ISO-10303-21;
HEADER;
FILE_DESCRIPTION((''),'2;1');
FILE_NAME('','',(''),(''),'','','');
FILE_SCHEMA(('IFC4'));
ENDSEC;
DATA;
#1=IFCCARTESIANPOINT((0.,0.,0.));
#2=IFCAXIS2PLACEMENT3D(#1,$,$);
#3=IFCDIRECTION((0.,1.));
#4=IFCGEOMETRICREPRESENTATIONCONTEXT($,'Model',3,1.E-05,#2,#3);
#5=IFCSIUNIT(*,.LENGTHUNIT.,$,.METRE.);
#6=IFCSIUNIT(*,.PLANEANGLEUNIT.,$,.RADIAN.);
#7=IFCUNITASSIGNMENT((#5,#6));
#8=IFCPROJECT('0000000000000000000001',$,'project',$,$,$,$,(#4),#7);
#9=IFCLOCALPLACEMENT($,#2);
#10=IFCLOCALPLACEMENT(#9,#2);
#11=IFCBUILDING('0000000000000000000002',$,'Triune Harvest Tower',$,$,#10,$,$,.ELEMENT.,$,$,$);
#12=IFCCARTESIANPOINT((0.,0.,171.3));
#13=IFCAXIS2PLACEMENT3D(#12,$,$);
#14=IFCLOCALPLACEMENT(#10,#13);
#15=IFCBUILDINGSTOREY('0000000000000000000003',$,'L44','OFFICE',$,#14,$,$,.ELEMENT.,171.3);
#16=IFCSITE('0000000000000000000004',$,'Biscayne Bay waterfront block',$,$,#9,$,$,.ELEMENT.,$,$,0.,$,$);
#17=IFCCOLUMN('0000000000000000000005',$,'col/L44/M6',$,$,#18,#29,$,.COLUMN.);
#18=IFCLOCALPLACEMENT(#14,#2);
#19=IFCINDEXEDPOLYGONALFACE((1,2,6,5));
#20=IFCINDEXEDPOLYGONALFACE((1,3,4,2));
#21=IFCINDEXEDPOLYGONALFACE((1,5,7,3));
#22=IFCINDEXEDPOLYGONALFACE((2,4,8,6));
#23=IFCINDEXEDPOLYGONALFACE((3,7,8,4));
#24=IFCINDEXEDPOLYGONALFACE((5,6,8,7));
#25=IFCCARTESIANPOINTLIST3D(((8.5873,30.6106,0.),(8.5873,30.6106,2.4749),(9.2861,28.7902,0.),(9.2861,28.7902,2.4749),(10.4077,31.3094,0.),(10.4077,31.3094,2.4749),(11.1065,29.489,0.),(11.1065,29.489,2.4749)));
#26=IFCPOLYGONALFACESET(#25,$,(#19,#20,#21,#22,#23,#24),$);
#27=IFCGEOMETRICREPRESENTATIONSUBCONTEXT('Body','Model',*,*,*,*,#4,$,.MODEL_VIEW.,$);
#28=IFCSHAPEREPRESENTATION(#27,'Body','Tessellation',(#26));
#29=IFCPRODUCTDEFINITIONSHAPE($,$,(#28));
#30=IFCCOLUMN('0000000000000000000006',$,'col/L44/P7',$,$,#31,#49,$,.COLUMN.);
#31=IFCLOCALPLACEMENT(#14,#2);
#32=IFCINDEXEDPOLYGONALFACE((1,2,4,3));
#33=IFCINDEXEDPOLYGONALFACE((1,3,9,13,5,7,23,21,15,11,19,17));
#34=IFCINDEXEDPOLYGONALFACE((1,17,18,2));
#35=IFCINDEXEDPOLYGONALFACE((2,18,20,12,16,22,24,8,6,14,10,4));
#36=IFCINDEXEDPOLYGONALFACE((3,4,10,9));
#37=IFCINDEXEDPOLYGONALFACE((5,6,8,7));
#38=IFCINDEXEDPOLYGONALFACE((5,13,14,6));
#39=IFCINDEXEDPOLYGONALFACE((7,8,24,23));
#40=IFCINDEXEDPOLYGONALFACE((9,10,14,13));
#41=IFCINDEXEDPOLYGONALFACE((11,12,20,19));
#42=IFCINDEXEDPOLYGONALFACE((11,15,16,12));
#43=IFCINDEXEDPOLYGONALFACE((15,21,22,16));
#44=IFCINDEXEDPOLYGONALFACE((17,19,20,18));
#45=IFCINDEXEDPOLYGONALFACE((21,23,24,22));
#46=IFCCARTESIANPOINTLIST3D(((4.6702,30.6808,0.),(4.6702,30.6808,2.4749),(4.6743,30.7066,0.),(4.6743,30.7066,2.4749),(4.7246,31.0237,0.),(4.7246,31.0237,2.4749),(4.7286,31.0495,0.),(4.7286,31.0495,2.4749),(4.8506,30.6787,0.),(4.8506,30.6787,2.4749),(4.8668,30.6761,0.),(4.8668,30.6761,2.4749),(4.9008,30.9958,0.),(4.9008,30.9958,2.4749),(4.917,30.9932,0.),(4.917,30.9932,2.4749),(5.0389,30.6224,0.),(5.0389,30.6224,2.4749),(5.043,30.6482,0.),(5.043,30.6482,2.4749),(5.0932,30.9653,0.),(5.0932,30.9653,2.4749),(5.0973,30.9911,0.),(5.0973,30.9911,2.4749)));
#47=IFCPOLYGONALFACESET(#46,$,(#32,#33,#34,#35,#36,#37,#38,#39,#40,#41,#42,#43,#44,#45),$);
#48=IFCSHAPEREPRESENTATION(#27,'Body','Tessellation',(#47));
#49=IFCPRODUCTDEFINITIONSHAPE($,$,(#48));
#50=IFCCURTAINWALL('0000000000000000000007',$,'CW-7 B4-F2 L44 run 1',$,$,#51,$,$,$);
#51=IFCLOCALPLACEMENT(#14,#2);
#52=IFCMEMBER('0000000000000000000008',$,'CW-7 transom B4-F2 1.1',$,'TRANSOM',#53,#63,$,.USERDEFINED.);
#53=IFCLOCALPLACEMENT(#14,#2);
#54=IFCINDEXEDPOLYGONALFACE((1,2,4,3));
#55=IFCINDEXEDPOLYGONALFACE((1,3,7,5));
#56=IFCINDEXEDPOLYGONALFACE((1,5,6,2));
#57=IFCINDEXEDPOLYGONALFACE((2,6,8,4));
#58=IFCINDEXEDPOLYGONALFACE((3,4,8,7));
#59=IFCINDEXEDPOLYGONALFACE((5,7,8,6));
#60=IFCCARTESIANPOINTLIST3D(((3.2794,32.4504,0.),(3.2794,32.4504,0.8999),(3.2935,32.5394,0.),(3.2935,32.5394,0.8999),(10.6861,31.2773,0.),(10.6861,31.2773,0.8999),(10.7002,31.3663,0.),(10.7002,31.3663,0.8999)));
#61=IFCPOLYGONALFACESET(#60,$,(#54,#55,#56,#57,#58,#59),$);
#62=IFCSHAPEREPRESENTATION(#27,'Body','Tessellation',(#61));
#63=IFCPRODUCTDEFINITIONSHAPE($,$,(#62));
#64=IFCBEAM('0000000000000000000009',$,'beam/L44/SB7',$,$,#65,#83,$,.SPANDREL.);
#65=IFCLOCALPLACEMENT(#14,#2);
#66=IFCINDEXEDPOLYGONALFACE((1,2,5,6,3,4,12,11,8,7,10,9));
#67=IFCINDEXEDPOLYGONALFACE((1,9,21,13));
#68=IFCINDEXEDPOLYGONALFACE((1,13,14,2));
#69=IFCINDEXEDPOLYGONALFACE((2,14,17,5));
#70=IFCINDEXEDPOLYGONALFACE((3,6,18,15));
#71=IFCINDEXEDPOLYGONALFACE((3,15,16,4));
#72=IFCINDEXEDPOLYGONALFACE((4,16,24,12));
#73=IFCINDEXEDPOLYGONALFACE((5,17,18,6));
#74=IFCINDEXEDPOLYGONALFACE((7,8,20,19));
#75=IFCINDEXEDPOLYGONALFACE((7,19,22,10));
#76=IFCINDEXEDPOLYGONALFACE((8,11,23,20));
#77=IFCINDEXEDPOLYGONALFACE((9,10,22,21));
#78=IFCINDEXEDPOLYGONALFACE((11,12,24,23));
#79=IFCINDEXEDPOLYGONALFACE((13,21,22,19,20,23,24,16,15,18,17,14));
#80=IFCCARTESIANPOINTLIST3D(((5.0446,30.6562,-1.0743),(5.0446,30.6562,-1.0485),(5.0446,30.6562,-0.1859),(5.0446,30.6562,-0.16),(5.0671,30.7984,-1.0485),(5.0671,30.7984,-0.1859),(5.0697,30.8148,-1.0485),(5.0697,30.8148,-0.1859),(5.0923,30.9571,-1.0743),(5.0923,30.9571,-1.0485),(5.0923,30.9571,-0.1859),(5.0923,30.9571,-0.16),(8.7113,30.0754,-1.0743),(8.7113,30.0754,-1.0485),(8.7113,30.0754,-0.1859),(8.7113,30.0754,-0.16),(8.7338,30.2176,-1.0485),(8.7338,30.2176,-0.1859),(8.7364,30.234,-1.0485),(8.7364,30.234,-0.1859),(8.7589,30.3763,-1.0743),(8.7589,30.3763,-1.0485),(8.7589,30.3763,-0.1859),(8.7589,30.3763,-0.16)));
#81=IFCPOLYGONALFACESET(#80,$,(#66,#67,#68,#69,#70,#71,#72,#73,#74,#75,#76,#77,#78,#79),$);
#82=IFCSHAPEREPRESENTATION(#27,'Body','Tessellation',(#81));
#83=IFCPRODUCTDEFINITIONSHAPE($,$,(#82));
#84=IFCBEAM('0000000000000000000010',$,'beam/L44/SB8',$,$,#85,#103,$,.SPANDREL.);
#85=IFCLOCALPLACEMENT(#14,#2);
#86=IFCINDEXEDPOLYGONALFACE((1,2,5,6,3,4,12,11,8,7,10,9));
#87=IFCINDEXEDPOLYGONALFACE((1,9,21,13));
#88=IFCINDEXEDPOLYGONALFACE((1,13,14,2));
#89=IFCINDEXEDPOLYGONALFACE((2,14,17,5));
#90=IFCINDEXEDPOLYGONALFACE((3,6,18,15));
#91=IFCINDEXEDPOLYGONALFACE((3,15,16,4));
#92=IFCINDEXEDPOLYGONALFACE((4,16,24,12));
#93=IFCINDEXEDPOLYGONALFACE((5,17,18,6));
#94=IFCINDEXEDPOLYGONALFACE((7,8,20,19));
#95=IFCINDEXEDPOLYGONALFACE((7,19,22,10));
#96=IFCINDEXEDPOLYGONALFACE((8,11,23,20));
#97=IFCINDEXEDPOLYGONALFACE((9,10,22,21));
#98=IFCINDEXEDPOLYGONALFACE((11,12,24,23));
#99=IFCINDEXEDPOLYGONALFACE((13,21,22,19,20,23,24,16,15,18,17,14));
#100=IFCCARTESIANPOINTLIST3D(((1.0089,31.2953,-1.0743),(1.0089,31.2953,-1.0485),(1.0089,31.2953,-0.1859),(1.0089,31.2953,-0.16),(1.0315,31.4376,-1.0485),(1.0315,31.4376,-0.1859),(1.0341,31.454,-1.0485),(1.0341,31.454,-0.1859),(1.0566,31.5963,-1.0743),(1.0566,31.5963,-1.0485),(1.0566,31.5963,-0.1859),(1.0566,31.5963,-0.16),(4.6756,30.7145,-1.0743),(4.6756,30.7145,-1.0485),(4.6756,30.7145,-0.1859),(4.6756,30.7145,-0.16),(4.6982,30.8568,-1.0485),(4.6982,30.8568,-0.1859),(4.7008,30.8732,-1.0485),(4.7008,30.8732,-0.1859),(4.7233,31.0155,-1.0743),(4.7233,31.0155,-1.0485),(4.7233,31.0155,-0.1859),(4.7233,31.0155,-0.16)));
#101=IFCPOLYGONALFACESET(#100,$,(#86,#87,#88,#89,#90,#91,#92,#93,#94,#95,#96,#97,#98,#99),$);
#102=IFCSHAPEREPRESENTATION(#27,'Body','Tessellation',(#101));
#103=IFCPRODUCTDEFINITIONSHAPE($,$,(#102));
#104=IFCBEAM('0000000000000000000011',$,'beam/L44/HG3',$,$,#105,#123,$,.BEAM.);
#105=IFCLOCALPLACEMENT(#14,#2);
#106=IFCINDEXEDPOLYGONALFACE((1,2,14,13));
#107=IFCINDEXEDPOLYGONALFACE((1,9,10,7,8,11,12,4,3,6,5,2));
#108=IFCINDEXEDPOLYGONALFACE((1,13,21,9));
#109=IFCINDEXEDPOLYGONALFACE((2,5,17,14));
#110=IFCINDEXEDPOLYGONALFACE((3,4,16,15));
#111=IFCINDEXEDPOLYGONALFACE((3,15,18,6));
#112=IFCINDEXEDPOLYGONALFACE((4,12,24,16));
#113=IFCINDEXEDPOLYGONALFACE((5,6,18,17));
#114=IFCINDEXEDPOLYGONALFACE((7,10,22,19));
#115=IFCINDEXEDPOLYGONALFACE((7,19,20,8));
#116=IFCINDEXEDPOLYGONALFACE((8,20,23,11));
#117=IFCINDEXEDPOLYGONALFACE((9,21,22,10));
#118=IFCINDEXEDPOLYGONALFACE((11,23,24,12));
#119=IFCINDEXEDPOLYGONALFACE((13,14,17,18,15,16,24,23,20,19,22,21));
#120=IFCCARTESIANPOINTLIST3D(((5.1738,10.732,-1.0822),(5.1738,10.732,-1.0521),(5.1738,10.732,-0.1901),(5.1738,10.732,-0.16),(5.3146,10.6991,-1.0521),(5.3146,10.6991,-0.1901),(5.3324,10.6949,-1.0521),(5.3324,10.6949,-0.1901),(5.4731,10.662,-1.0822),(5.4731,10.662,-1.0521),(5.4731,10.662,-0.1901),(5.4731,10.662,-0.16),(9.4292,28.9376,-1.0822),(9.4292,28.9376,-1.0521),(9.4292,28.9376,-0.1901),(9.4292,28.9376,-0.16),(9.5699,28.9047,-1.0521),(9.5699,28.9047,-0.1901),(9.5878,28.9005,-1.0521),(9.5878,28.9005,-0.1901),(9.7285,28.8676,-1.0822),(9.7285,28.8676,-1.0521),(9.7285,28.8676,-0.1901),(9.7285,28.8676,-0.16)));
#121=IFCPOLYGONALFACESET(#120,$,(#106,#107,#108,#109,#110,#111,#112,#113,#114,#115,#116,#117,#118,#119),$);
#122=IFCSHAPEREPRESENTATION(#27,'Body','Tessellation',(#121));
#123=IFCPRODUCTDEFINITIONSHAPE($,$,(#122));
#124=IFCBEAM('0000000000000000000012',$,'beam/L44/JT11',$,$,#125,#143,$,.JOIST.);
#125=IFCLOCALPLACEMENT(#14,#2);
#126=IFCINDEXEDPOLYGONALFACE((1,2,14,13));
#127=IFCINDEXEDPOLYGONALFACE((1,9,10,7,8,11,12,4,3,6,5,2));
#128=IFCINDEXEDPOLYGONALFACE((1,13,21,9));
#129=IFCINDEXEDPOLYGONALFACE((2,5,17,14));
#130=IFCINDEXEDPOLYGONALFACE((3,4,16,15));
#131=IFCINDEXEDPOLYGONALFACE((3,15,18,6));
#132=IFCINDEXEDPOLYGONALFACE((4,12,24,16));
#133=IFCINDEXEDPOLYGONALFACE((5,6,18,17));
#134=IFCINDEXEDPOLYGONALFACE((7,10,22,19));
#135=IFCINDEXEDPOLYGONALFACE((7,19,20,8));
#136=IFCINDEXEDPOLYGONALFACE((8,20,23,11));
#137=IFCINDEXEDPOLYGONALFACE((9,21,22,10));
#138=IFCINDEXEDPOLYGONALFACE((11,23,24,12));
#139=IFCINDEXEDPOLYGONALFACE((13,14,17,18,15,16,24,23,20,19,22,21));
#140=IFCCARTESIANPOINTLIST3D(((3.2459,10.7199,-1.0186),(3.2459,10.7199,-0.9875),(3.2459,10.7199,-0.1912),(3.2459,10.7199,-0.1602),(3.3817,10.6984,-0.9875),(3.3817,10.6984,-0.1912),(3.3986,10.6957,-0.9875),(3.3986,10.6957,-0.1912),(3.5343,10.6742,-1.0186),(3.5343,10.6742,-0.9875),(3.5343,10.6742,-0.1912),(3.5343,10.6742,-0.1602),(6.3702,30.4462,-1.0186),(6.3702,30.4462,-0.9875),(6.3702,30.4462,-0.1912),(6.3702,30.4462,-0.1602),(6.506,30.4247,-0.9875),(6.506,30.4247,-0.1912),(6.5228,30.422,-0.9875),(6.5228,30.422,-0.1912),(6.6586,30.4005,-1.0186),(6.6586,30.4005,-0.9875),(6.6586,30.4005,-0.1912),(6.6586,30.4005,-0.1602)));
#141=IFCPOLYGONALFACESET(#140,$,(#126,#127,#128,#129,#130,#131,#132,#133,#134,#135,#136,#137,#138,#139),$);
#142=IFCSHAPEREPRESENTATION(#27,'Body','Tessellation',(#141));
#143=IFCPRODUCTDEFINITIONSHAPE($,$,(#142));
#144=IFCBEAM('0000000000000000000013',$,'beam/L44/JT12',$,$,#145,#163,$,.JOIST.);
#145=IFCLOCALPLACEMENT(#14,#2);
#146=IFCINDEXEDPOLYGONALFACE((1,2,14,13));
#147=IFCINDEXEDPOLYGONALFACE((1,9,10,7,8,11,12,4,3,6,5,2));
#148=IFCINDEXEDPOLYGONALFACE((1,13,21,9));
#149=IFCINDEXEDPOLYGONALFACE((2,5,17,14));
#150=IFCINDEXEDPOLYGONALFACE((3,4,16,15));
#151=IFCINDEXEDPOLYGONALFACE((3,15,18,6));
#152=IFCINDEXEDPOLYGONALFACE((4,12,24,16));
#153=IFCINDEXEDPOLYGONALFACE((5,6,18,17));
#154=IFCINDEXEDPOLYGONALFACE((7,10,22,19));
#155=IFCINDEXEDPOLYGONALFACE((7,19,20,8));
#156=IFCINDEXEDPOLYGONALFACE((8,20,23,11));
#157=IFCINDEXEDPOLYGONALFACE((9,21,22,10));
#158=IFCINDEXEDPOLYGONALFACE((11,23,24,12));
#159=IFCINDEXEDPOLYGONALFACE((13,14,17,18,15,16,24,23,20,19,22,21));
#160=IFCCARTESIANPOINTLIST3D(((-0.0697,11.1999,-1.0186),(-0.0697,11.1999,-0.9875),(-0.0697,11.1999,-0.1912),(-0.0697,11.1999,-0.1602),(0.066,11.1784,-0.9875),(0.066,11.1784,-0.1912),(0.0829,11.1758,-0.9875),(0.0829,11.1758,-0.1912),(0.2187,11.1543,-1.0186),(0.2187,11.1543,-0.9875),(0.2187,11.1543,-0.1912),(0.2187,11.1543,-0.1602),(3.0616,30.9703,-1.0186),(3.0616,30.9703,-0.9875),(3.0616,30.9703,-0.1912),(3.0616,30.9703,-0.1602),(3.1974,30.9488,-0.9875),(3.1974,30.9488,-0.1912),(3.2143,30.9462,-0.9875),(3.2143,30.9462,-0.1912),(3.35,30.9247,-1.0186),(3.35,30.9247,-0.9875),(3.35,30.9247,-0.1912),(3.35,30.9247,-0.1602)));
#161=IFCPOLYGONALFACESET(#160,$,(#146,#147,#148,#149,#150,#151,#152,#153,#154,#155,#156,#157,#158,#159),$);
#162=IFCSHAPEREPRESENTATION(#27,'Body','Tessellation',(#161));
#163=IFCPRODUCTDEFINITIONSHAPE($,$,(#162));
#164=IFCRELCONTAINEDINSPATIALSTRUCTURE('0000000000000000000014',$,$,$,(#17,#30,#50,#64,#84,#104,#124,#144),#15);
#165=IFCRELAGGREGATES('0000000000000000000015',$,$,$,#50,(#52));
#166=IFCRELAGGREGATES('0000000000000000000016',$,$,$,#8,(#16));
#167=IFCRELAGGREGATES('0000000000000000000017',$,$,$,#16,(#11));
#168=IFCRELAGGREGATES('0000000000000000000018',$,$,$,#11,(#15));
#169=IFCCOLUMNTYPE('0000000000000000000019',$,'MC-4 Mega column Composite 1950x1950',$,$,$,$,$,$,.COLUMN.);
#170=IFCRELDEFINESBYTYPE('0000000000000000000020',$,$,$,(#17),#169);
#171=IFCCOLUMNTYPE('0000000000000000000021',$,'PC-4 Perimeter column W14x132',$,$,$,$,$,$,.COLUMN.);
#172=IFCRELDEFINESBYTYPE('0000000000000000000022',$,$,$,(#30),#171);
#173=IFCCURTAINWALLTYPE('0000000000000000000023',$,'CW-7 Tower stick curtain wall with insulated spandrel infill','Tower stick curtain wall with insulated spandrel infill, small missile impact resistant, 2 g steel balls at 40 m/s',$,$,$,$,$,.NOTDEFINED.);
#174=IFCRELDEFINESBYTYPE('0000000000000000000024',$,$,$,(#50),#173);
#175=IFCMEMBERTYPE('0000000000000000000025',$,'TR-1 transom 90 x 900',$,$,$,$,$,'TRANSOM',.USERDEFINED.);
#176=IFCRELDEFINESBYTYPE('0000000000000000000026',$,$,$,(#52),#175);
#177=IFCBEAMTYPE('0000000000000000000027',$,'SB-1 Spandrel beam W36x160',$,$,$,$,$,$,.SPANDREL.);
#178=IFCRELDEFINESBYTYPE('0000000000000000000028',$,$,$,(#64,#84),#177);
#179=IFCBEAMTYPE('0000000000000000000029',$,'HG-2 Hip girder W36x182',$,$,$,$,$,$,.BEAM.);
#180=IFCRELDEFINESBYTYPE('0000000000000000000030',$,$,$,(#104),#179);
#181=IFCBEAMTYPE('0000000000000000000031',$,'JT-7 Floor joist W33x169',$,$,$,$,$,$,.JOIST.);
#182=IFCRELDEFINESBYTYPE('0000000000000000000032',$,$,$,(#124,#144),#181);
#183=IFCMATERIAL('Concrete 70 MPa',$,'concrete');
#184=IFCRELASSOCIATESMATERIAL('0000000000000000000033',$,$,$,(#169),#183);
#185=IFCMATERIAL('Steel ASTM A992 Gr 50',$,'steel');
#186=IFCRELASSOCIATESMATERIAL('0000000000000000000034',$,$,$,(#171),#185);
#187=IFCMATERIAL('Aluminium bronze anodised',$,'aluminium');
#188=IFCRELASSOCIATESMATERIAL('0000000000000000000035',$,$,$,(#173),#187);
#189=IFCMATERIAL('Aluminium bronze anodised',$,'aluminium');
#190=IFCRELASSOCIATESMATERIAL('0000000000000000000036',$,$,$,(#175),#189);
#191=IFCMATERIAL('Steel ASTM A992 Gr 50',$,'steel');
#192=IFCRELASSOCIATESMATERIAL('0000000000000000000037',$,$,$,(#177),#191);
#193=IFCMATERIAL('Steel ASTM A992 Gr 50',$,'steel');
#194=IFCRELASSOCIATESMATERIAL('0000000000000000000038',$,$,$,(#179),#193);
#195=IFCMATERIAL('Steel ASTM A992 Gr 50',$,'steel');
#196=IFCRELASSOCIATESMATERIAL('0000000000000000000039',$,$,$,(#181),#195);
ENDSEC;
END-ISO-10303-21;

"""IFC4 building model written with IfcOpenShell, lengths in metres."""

from ifc_helpers import new_model, si_unit, direction, frame, origin, origin_2d, place, context, subcontext, project, spatial, rectangle, i_section, extrude, source, transform, mapped, material, material_profile, profile_set, type_object, element, aggregate, save


model = new_model("IFC4")

# Units and contexts
model_context = context("Model", 3, precision=1e-05, world=origin(), true_north=direction((0.0, 1.0)))
body_context = subcontext(model_context, "Body", "Model", "MODEL_VIEW")
ifc_project = project(units=[si_unit("LENGTHUNIT", "METRE"), si_unit("PLANEANGLEUNIT", "RADIAN")], contexts=[model_context])

# Site, building, storey
site_placement = place(None, origin())
site = spatial("IfcSite", under=ifc_project, at=site_placement, Name="Biscayne Bay waterfront block", CompositionType="ELEMENT", RefElevation=0.0)
building_placement = place(site_placement, origin())
building = spatial("IfcBuilding", under=site, at=building_placement, Name="Triune Harvest Tower", CompositionType="ELEMENT")
storey_placement = place(building_placement, frame((0.0, 0.0, 171.3)))
storey = spatial("IfcBuildingStorey", under=building, at=storey_placement, Name="L44", Description="OFFICE", CompositionType="ELEMENT", Elevation=171.3)

# Columns
ifc_material_1 = material(Name="Concrete 70 MPa", Category="concrete")
ifc_material_profile_1 = material_profile(ifc_material_1, rectangle(XDim=1.95, YDim=1.95, at=origin_2d()), Name="Composite 1950x1950")
ifc_profile_set_1 = profile_set([ifc_material_profile_1], Name="Concrete 70 MPa")
column_type_1 = type_object("IfcColumnType", Name="MC-4 Mega column Composite 1950x1950", PredefinedType="COLUMN", material=ifc_profile_set_1)
shared_shape_1 = source(origin(), body_context, "Body", "SweptSolid", [
    extrude(rectangle(XDim=1.95, YDim=1.95, at=origin_2d()), origin(), (0.0, 0.0, 1.0), 2.4749),
])
column_1_placement = place(storey_placement, frame((9.8469, 30.0498, 0.0), z_axis=(0.0, 0.0, 1.0), x_axis=(-0.358368, 0.93358, 0.0)))
element("IfcColumn", 1, at=column_1_placement, inside=storey, type_object=column_type_1, Name="col/L44/M6", PredefinedType="COLUMN", context=body_context, shape_type="MappedRepresentation", body=[
    mapped(shared_shape_1, transform((0.0, 0.0, 0.0), scale=1.0)),
])
ifc_material_2 = material(Name="Steel ASTM A992 Gr 50", Category="steel")
ifc_material_profile_2 = material_profile(ifc_material_2, i_section(OverallWidth=0.3733, OverallDepth=0.3733, WebThickness=0.0164, FlangeThickness=0.0261, at=origin_2d()), Name="W14x132")
ifc_profile_set_2 = profile_set([ifc_material_profile_2], Name="Steel ASTM A992 Gr 50")
column_type_2 = type_object("IfcColumnType", Name="PC-4 Perimeter column W14x132", PredefinedType="COLUMN", material=ifc_profile_set_2)
shared_shape_2 = source(origin(), body_context, "Body", "SweptSolid", [
    extrude(i_section(OverallWidth=0.3733, OverallDepth=0.3733, WebThickness=0.0164, FlangeThickness=0.0261, at=origin_2d()), origin(), (0.0, 0.0, 1.0), 2.4749),
])
column_2_placement = place(storey_placement, frame((4.8838, 30.8359, 0.0), z_axis=(0.0, 0.0, 1.0), x_axis=(-0.987688, 0.156434, 0.0)))
element("IfcColumn", 2, at=column_2_placement, inside=storey, type_object=column_type_2, Name="col/L44/P7", PredefinedType="COLUMN", context=body_context, shape_type="MappedRepresentation", body=[
    mapped(shared_shape_2, transform((0.0, 0.0, 0.0), scale=1.0)),
])

# Curtain wall, member
ifc_material_3 = material(Name="Aluminium bronze anodised", Category="aluminium")
curtain_wall_type_1 = type_object("IfcCurtainWallType", Name="CW-7 Tower stick curtain wall with insulated spandrel infill", Description="Tower stick curtain wall with insulated spandrel infill, small missile impact resistant, 2 g steel balls at 40 m/s", PredefinedType="NOTDEFINED", material=ifc_material_3)
curtain_wall_1_placement = place(storey_placement, origin())
curtain_wall_1 = element("IfcCurtainWall", 3, at=curtain_wall_1_placement, inside=storey, type_object=curtain_wall_type_1, Name="CW-7 B4-F2 L44 run 1")
ifc_material_4 = material(Name="Aluminium bronze anodised", Category="aluminium")
ifc_material_profile_3 = material_profile(ifc_material_4, rectangle(XDim=0.0901, YDim=0.8999, at=origin_2d()), Name="TR-1 transom 90 x 900")
ifc_profile_set_3 = profile_set([ifc_material_profile_3], Name="Aluminium bronze anodised")
member_type_1 = type_object("IfcMemberType", Name="TR-1 transom 90 x 900", ElementType="TRANSOM", PredefinedType="USERDEFINED", material=ifc_profile_set_3)
member_1_placement = place(storey_placement, frame((10.6931, 31.3218, 0.45), z_axis=(-0.987689, 0.156432, 0.0), x_axis=(-0.156432, -0.987689, 0.0)))
member_1 = element("IfcMember", 4, at=member_1_placement, type_object=member_type_1, Name="CW-7 transom B4-F2 1.1", ObjectType="TRANSOM", PredefinedType="USERDEFINED", context=body_context, shape_type="SweptSolid", body=[
    extrude(rectangle(XDim=0.0901, YDim=0.8999, at=origin_2d()), origin(), (0.0, 0.0, 1.0), 7.499),
])

# Beams
ifc_material_5 = material(Name="Steel ASTM A992 Gr 50", Category="steel")
ifc_material_profile_4 = material_profile(ifc_material_5, i_section(OverallWidth=0.3047, OverallDepth=0.9143, WebThickness=0.0166, FlangeThickness=0.0259, at=origin_2d()), Name="W36x160")
ifc_profile_set_4 = profile_set([ifc_material_profile_4], Name="Steel ASTM A992 Gr 50")
beam_type_1 = type_object("IfcBeamType", Name="SB-1 Spandrel beam W36x160", PredefinedType="SPANDREL", material=ifc_profile_set_4)
shared_shape_3 = source(origin(), body_context, "Body", "SweptSolid", [
    extrude(i_section(OverallWidth=0.3047, OverallDepth=0.9143, WebThickness=0.0166, FlangeThickness=0.0259, at=origin_2d()), origin(), (0.0, 0.0, 1.0), 3.7124),
])
for number, where, z_axis, x_axis, name in (
    (5, (8.7351, 30.2258, -0.6172), (-0.987686, 0.156449, 0.0), (-0.156449, -0.987686, 0.0), "beam/L44/SB7"),
    (6, (4.6995, 30.865, -0.6172), (-0.987686, 0.156449, 0.0), (-0.156449, -0.987686, 0.0), "beam/L44/SB8"),
):
    element("IfcBeam", number, at=place(storey_placement, frame(where, z_axis=z_axis, x_axis=x_axis)), inside=storey, type_object=beam_type_1, Name=name, PredefinedType="SPANDREL", context=body_context, shape_type="MappedRepresentation", body=[
        mapped(shared_shape_3, transform((0.0, 0.0, 0.0), scale=1.0)),
    ])
ifc_material_6 = material(Name="Steel ASTM A992 Gr 50", Category="steel")
ifc_material_profile_5 = material_profile(ifc_material_6, i_section(OverallWidth=0.3074, OverallDepth=0.9221, WebThickness=0.0183, FlangeThickness=0.03, at=origin_2d()), Name="W36x182")
ifc_profile_set_5 = profile_set([ifc_material_profile_5], Name="Steel ASTM A992 Gr 50")
beam_type_2 = type_object("IfcBeamType", Name="HG-2 Hip girder W36x182", PredefinedType="BEAM", material=ifc_profile_set_5)
shared_shape_4 = source(origin(), body_context, "Body", "SweptSolid", [
    extrude(i_section(OverallWidth=0.3074, OverallDepth=0.9221, WebThickness=0.0183, FlangeThickness=0.03, at=origin_2d()), origin(), (0.0, 0.0, 1.0), 18.6963),
])
beam_1_placement = place(storey_placement, frame((9.5789, 28.9026, -0.6211), z_axis=(-0.227605, -0.973753, 0.0), x_axis=(0.973753, -0.227605, 0.0)))
element("IfcBeam", 7, at=beam_1_placement, inside=storey, type_object=beam_type_2, Name="beam/L44/HG3", PredefinedType="BEAM", context=body_context, shape_type="MappedRepresentation", body=[
    mapped(shared_shape_4, transform((0.0, 0.0, 0.0), scale=1.0)),
])
ifc_material_7 = material(Name="Steel ASTM A992 Gr 50", Category="steel")
ifc_material_profile_6 = material_profile(ifc_material_7, i_section(OverallWidth=0.292, OverallDepth=0.8584, WebThickness=0.0171, FlangeThickness=0.031, at=origin_2d()), Name="W33x169")
ifc_profile_set_6 = profile_set([ifc_material_profile_6], Name="Steel ASTM A992 Gr 50")
beam_type_3 = type_object("IfcBeamType", Name="JT-7 Floor joist W33x169", PredefinedType="JOIST", material=ifc_profile_set_6)
shared_shape_5 = source(origin(), body_context, "Body", "SweptSolid", [
    extrude(i_section(OverallWidth=0.292, OverallDepth=0.8584, WebThickness=0.0171, FlangeThickness=0.031, at=origin_2d()), origin(), (0.0, 0.0, 1.0), 19.9722),
])
beam_2_placement = place(storey_placement, frame((6.5144, 30.4233, -0.5894), z_axis=(-0.156431, -0.987689, 0.0), x_axis=(0.987689, -0.156431, 0.0)))
element("IfcBeam", 8, at=beam_2_placement, inside=storey, type_object=beam_type_3, Name="beam/L44/JT11", PredefinedType="JOIST", context=body_context, shape_type="MappedRepresentation", body=[
    mapped(shared_shape_5, transform((0.0, 0.0, 0.0), scale=1.0)),
])
shared_shape_6 = source(origin(), body_context, "Body", "SweptSolid", [
    extrude(i_section(OverallWidth=0.292, OverallDepth=0.8584, WebThickness=0.0171, FlangeThickness=0.031, at=origin_2d()), origin(), (0.0, 0.0, 1.0), 20.0168),
])
beam_3_placement = place(storey_placement, frame((3.2058, 30.9475, -0.5894), z_axis=(-0.156435, -0.987688, 0.0), x_axis=(0.987688, -0.156435, 0.0)))
element("IfcBeam", 9, at=beam_3_placement, inside=storey, type_object=beam_type_3, Name="beam/L44/JT12", PredefinedType="JOIST", context=body_context, shape_type="MappedRepresentation", body=[
    mapped(shared_shape_6, transform((0.0, 0.0, 0.0), scale=1.0)),
])

aggregate(curtain_wall_1, [member_1])

save(model, "model.ifc")
